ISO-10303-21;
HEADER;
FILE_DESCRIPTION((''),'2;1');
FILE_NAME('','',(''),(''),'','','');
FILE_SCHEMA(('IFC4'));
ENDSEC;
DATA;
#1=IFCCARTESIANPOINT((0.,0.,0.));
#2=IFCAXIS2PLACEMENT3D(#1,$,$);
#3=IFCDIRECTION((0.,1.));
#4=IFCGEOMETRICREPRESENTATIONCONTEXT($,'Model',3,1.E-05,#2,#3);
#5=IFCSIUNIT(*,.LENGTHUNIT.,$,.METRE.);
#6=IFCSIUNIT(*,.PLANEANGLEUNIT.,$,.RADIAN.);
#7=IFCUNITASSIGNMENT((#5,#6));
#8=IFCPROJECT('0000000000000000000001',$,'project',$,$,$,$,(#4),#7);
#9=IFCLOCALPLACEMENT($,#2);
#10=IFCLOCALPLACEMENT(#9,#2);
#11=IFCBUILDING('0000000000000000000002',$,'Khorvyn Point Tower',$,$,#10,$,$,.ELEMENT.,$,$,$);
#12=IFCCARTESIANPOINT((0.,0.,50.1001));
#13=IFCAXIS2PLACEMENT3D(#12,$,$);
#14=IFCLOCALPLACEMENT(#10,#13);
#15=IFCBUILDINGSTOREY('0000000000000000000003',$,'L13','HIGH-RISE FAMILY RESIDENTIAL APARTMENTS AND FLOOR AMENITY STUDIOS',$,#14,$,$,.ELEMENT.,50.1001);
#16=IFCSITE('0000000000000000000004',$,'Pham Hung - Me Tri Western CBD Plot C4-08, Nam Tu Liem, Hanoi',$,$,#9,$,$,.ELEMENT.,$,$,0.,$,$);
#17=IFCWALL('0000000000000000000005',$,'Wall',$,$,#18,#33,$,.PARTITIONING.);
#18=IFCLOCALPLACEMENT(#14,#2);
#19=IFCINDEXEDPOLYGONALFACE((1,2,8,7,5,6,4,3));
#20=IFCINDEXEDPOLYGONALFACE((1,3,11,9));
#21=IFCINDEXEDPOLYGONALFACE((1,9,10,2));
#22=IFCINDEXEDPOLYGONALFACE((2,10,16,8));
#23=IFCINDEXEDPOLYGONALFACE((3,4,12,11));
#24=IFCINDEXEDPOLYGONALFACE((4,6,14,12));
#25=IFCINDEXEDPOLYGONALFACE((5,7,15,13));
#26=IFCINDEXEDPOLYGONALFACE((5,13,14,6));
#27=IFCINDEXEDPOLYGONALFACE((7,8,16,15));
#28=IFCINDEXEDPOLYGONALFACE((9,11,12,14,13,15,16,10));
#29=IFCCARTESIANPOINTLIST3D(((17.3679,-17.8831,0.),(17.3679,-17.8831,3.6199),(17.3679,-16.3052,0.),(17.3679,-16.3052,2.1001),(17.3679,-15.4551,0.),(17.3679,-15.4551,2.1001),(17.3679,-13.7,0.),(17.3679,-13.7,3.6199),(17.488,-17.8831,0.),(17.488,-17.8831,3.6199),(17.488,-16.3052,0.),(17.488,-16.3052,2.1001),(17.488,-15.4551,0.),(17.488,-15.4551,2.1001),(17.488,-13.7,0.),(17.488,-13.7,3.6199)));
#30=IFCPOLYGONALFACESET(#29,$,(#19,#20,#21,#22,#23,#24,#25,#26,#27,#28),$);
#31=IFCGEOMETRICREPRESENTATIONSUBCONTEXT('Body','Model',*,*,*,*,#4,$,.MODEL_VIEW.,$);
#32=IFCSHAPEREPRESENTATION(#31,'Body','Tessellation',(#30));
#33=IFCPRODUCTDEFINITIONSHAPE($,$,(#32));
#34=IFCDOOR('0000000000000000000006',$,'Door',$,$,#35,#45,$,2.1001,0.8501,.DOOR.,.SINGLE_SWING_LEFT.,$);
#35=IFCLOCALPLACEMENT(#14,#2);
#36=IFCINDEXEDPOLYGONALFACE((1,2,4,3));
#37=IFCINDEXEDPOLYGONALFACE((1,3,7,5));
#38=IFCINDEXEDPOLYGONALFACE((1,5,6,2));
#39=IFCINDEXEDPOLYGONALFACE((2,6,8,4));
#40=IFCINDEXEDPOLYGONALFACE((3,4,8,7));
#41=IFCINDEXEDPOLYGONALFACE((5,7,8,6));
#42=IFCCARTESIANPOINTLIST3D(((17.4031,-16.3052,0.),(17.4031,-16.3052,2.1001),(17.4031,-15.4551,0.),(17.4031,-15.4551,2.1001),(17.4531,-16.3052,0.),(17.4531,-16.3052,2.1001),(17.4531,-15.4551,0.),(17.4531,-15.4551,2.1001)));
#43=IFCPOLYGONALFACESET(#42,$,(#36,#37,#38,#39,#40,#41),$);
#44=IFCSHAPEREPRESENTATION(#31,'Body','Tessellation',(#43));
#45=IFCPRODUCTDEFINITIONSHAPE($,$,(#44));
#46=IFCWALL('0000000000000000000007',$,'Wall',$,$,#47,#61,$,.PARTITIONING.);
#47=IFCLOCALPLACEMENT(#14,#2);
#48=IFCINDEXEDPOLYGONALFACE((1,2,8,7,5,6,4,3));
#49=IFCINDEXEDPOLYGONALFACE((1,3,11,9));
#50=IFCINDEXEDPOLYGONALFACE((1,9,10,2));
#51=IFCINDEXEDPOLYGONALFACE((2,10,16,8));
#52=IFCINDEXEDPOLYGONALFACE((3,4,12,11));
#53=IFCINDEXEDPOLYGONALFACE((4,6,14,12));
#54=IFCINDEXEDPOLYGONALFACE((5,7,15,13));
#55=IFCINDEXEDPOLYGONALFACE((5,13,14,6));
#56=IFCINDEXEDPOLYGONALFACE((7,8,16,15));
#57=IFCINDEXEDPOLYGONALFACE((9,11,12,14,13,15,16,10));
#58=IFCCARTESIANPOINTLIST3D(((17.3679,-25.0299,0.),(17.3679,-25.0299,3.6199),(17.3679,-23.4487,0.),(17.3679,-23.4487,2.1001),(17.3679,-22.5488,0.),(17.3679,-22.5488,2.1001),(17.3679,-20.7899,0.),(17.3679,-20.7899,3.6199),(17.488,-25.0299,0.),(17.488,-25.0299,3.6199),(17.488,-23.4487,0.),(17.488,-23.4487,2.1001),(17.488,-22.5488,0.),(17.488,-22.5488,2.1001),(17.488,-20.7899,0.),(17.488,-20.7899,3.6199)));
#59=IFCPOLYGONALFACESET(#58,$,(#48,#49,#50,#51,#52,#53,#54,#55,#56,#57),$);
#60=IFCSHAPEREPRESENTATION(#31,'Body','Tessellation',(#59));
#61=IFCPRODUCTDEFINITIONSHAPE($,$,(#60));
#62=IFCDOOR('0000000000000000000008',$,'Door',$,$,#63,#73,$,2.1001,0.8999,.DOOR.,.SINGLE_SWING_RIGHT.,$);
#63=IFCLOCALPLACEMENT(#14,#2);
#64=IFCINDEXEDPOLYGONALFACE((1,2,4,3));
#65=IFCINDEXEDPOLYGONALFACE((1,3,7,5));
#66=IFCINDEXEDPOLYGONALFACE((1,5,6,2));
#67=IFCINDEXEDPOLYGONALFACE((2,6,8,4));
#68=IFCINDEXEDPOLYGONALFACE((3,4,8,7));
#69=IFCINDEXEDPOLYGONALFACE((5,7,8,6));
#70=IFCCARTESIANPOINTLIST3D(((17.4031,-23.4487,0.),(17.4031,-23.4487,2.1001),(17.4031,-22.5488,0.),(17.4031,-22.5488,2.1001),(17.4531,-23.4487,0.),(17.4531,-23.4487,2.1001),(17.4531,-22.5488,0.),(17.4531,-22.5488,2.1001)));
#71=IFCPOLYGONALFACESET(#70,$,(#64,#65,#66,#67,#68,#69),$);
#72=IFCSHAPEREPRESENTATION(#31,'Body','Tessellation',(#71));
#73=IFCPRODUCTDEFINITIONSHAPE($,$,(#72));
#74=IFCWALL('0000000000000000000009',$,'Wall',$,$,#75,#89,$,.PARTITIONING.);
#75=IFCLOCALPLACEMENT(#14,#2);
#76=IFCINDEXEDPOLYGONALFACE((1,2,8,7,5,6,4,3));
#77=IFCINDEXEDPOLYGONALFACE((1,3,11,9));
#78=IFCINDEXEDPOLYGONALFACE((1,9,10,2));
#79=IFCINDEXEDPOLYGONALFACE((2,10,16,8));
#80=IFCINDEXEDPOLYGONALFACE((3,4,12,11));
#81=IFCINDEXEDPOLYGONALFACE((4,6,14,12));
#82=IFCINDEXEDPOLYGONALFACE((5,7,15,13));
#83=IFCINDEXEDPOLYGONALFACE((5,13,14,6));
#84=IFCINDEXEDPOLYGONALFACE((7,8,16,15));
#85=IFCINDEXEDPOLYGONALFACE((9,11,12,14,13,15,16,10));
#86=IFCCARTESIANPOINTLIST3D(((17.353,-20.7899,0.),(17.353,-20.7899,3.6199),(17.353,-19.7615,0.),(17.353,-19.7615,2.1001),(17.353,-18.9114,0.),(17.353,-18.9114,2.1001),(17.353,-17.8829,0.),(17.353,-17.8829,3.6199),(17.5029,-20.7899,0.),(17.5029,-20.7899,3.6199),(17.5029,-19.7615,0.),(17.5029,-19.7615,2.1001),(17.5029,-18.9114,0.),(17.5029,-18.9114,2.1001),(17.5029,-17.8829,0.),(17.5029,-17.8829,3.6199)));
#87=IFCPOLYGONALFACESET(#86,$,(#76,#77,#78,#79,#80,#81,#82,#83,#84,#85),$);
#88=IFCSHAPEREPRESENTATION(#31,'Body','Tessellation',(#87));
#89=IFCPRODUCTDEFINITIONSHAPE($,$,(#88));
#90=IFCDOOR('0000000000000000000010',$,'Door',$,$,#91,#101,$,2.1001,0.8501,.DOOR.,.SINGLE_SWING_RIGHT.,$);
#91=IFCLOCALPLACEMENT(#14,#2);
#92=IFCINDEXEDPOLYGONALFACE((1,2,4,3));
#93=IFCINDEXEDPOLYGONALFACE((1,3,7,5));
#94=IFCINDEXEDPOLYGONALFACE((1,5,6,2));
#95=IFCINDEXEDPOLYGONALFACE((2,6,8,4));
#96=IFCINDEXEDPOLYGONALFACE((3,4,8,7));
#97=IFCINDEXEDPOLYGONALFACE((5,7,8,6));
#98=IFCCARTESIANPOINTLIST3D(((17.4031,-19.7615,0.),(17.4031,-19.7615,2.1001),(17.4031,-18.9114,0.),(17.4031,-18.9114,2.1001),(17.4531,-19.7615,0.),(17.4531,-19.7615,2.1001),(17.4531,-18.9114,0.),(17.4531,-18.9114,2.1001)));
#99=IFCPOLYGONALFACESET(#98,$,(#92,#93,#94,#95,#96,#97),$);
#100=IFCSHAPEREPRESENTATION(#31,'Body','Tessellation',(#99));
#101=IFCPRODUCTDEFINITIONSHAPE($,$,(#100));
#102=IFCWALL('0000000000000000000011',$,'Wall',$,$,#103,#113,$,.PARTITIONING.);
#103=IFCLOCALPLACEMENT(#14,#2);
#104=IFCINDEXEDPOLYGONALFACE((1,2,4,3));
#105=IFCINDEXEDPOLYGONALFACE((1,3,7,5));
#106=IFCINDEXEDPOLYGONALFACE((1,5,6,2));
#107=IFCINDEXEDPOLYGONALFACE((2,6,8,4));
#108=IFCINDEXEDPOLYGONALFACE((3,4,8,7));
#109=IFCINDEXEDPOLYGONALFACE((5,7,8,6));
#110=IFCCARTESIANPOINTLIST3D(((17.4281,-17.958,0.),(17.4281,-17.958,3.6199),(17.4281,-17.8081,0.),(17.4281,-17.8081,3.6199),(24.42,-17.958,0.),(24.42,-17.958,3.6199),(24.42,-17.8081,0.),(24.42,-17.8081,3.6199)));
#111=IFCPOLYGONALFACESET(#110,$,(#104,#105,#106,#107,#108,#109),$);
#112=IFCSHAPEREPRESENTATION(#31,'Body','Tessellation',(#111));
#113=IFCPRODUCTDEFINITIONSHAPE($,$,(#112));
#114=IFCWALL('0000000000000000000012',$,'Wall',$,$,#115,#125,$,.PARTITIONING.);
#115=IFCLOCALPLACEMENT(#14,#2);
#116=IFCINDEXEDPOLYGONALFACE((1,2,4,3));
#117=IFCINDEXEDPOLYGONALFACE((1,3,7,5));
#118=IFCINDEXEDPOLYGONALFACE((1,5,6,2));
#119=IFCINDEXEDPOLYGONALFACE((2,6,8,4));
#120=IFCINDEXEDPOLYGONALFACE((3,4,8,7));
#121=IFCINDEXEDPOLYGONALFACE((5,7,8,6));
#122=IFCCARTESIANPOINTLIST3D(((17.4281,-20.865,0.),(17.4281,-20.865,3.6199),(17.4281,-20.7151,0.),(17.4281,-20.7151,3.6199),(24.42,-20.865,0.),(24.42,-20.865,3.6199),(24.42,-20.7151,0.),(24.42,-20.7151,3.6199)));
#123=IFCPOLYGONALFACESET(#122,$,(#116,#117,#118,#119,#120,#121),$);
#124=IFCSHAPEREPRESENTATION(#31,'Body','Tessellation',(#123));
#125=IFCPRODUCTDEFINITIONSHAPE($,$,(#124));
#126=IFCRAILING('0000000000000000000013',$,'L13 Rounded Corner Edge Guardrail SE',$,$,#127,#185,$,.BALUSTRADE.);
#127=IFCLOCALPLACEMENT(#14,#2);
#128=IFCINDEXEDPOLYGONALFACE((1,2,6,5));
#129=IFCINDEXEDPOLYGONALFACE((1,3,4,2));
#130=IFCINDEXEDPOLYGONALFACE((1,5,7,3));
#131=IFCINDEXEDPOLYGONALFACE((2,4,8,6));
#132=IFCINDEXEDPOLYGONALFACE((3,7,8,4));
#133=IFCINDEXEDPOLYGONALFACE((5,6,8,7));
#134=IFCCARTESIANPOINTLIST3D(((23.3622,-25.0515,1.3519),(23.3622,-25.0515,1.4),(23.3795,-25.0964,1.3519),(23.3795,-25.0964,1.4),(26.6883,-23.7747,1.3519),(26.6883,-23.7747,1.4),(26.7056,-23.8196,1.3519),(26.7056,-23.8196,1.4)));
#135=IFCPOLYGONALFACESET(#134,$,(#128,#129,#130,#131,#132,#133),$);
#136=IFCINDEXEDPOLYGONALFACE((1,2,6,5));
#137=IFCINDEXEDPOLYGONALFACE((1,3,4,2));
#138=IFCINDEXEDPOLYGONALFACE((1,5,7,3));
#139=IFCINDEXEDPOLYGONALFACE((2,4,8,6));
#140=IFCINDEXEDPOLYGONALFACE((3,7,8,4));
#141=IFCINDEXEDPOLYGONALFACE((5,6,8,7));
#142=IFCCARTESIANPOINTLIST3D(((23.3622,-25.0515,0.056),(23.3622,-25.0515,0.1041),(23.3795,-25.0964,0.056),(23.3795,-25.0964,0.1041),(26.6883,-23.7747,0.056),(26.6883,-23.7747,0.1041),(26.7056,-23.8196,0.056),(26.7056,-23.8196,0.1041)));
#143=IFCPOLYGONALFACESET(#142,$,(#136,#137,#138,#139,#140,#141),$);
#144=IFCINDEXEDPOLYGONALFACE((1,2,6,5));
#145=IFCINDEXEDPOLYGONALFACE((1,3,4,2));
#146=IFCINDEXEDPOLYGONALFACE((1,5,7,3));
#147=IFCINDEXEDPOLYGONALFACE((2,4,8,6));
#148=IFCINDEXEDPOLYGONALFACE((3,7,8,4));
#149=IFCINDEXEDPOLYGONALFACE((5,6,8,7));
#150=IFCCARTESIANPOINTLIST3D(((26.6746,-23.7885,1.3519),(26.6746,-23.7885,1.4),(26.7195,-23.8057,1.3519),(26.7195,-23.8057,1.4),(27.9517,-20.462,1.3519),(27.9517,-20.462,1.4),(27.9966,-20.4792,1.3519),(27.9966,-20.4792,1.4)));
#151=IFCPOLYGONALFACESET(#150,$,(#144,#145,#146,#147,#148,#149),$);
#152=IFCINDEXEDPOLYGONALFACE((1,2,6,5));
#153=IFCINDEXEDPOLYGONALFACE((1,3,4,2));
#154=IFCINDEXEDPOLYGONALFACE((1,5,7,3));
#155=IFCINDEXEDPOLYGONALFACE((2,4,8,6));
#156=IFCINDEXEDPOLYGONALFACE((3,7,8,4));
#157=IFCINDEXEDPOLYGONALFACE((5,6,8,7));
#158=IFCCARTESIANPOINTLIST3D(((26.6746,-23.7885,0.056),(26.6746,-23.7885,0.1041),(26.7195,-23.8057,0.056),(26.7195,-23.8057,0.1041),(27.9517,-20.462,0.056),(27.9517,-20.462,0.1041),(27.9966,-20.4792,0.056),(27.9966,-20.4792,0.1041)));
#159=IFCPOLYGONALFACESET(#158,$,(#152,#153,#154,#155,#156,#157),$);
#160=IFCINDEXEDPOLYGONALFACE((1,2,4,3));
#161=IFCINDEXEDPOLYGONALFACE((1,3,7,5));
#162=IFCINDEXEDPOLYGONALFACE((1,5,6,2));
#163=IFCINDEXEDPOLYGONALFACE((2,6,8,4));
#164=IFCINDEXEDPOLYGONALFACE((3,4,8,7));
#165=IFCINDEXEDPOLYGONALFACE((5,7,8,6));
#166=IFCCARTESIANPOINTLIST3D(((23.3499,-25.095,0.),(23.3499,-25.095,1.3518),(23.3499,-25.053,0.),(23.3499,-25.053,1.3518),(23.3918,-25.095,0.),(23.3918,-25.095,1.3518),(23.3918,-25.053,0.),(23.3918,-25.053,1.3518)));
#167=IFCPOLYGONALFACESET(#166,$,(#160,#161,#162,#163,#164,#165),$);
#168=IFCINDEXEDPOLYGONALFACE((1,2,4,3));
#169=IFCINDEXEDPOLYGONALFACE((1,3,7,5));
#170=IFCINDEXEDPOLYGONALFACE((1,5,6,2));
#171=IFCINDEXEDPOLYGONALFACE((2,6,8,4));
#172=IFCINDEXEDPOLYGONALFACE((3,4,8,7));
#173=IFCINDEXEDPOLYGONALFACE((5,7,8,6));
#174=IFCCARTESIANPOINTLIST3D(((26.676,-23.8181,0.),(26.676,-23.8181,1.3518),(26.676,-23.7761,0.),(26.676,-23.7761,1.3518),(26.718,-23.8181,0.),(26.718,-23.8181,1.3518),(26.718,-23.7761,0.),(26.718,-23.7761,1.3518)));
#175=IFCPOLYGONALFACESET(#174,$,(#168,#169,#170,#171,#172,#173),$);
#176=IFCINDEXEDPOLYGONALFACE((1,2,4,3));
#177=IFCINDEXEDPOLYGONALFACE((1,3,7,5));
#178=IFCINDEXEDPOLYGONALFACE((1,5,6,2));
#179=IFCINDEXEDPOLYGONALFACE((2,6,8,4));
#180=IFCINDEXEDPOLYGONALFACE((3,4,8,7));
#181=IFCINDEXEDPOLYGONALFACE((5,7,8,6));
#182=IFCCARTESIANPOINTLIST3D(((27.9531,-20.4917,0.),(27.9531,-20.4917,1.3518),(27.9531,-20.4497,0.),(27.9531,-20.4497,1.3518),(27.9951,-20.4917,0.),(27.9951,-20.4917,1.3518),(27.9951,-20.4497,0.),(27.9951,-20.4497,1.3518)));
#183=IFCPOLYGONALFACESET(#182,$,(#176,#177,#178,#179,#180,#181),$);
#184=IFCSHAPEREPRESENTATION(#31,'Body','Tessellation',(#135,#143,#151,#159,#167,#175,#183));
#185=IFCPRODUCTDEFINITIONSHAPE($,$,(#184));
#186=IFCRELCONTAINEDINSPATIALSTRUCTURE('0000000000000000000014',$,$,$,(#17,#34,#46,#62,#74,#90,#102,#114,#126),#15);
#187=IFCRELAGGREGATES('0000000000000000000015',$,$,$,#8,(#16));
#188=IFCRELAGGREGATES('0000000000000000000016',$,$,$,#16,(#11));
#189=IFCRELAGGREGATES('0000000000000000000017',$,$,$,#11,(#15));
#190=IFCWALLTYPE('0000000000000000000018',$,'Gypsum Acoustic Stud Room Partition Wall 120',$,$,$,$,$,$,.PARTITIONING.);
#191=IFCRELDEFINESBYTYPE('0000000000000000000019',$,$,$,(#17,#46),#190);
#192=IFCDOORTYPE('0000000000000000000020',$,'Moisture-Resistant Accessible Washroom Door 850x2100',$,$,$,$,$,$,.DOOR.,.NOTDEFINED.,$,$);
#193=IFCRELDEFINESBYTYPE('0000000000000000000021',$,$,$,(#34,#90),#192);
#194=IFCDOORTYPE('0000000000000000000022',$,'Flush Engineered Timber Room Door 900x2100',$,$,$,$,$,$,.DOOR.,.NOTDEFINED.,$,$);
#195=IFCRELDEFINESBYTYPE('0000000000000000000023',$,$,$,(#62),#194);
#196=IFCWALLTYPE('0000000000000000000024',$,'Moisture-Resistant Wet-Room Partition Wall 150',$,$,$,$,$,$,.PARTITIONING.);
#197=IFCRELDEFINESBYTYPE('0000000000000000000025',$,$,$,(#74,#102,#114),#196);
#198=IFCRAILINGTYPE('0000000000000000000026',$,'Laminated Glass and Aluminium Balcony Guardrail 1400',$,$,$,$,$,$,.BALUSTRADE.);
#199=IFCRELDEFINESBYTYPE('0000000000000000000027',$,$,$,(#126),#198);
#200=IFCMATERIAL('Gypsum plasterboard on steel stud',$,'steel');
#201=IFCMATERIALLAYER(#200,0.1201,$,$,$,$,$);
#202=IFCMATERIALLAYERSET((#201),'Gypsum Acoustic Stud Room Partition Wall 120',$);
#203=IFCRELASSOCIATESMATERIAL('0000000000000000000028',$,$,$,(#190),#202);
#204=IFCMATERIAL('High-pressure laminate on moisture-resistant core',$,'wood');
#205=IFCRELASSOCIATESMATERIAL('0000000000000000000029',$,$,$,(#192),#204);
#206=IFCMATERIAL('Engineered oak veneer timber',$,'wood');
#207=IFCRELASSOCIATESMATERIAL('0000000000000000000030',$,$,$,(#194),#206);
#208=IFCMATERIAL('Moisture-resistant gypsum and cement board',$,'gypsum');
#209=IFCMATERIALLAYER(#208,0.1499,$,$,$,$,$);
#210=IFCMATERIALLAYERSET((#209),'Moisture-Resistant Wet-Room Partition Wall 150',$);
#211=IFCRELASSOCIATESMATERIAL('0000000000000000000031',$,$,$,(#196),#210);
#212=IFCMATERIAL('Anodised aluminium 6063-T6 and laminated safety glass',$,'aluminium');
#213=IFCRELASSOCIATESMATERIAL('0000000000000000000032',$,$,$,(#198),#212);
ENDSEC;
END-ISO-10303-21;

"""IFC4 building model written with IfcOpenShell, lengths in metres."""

from ifc_helpers import new_model, si_unit, direction, frame, frame_2d, origin, origin_2d, place, context, subcontext, project, spatial, rectangle, extrude, material, layer, layer_set, type_object, element, fill, save


model = new_model("IFC4")

# Units and contexts
model_context = context("Model", 3, precision=1e-05, world=origin(), true_north=direction((0.0, 1.0)))
body_context = subcontext(model_context, "Body", "Model", "MODEL_VIEW")
ifc_project = project(units=[si_unit("LENGTHUNIT", "METRE"), si_unit("PLANEANGLEUNIT", "RADIAN")], contexts=[model_context])

# Site, building, storey
site_placement = place(None, origin())
site = spatial("IfcSite", under=ifc_project, at=site_placement, Name="Pham Hung - Me Tri Western CBD Plot C4-08, Nam Tu Liem, Hanoi", CompositionType="ELEMENT", RefElevation=0.0)
building_placement = place(site_placement, origin())
building = spatial("IfcBuilding", under=site, at=building_placement, Name="Khorvyn Point Tower", CompositionType="ELEMENT")
storey_placement = place(building_placement, frame((0.0, 0.0, 50.1001)))
storey = spatial("IfcBuildingStorey", under=building, at=storey_placement, Name="L13", Description="HIGH-RISE FAMILY RESIDENTIAL APARTMENTS AND FLOOR AMENITY STUDIOS", CompositionType="ELEMENT", Elevation=50.1001)

# Walls, openings, doors
ifc_material_1 = material(Name="Gypsum plasterboard on steel stud", Category="steel")
ifc_layer_1 = layer(ifc_material_1, 0.1201)
ifc_layer_set_1 = layer_set([ifc_layer_1], Name="Gypsum Acoustic Stud Room Partition Wall 120")
wall_type_1 = type_object("IfcWallType", Name="Gypsum Acoustic Stud Room Partition Wall 120", PredefinedType="PARTITIONING", material=ifc_layer_set_1)
wall_1_placement = place(storey_placement, frame((17.428, -17.8831, 0.0), z_axis=(0.0, 0.0, 1.0), x_axis=(0.0, 1.0, 0.0)))
wall_1 = element("IfcWall", 1, at=wall_1_placement, inside=storey, type_object=wall_type_1, Name="Wall", PredefinedType="PARTITIONING", context=body_context, shape_type="SweptSolid", body=[
    extrude(rectangle(XDim=4.1831, YDim=0.1201, at=frame_2d((2.0916, 0.0))), origin(), (0.0, 0.0, 1.0), 3.6199),
])
opening_1_placement = place(wall_1_placement, frame((1.5779, 0.0, 0.0)))
opening_1 = element("IfcOpeningElement", 2, at=opening_1_placement, cuts=wall_1, PredefinedType="OPENING", context=body_context, shape_type="SweptSolid", body=[
    extrude(rectangle(XDim=0.8501, YDim=2.1001, at=frame_2d((0.425, 1.05))), frame((0.0, 0.0701, 0.0), z_axis=(0.0, -1.0, 0.0), x_axis=(1.0, 0.0, 0.0)), (0.0, 0.0, 1.0), 0.1401),
])
ifc_material_2 = material(Name="High-pressure laminate on moisture-resistant core", Category="wood")
door_type_1 = type_object("IfcDoorType", Name="Moisture-Resistant Accessible Washroom Door 850x2100", OperationType="NOTDEFINED", PredefinedType="DOOR", material=ifc_material_2)
door_1_placement = place(opening_1_placement, origin())
door_1 = element("IfcDoor", 3, at=door_1_placement, inside=storey, type_object=door_type_1, Name="Door", OperationType="SINGLE_SWING_LEFT", OverallHeight=2.1001, OverallWidth=0.8501, PredefinedType="DOOR", context=body_context, shape_type="SweptSolid", body=[
    extrude(rectangle(XDim=0.8501, YDim=2.1001, at=frame_2d((0.425, 1.05))), frame((0.0, 0.0249, 0.0), z_axis=(0.0, -1.0, 0.0), x_axis=(1.0, 0.0, 0.0)), (0.0, 0.0, 1.0), 0.05),
])
fill(opening_1, door_1)
wall_2_placement = place(storey_placement, frame((17.428, -25.03, 0.0), z_axis=(0.0, 0.0, 1.0), x_axis=(0.0, 1.0, 0.0)))
wall_2 = element("IfcWall", 4, at=wall_2_placement, inside=storey, type_object=wall_type_1, Name="Wall", PredefinedType="PARTITIONING", context=body_context, shape_type="SweptSolid", body=[
    extrude(rectangle(XDim=4.24, YDim=0.1201, at=frame_2d((2.1201, 0.0))), origin(), (0.0, 0.0, 1.0), 3.6199),
])
opening_2_placement = place(wall_2_placement, frame((1.5813, 0.0, 0.0)))
opening_2 = element("IfcOpeningElement", 5, at=opening_2_placement, cuts=wall_2, PredefinedType="OPENING", context=body_context, shape_type="SweptSolid", body=[
    extrude(rectangle(XDim=0.8999, YDim=2.1001, at=frame_2d((0.45, 1.05))), frame((0.0, 0.0701, 0.0), z_axis=(0.0, -1.0, 0.0), x_axis=(1.0, 0.0, 0.0)), (0.0, 0.0, 1.0), 0.1401),
])
ifc_material_3 = material(Name="Engineered oak veneer timber", Category="wood")
door_type_2 = type_object("IfcDoorType", Name="Flush Engineered Timber Room Door 900x2100", OperationType="NOTDEFINED", PredefinedType="DOOR", material=ifc_material_3)
door_2_placement = place(opening_2_placement, origin())
door_2 = element("IfcDoor", 6, at=door_2_placement, inside=storey, type_object=door_type_2, Name="Door", OperationType="SINGLE_SWING_RIGHT", OverallHeight=2.1001, OverallWidth=0.8999, PredefinedType="DOOR", context=body_context, shape_type="SweptSolid", body=[
    extrude(rectangle(XDim=0.8999, YDim=2.1001, at=frame_2d((0.45, 1.05))), frame((0.0, 0.0249, 0.0), z_axis=(0.0, -1.0, 0.0), x_axis=(1.0, 0.0, 0.0)), (0.0, 0.0, 1.0), 0.05),
])
fill(opening_2, door_2)
ifc_material_4 = material(Name="Moisture-resistant gypsum and cement board", Category="gypsum")
ifc_layer_2 = layer(ifc_material_4, 0.1499)
ifc_layer_set_2 = layer_set([ifc_layer_2], Name="Moisture-Resistant Wet-Room Partition Wall 150")
wall_type_2 = type_object("IfcWallType", Name="Moisture-Resistant Wet-Room Partition Wall 150", PredefinedType="PARTITIONING", material=ifc_layer_set_2)
wall_3_placement = place(storey_placement, frame((17.428, -20.79, 0.0), z_axis=(0.0, 0.0, 1.0), x_axis=(0.0, 1.0, 0.0)))
wall_3 = element("IfcWall", 7, at=wall_3_placement, inside=storey, type_object=wall_type_2, Name="Wall", PredefinedType="PARTITIONING", context=body_context, shape_type="SweptSolid", body=[
    extrude(rectangle(XDim=2.907, YDim=0.1499, at=frame_2d((1.4536, 0.0))), origin(), (0.0, 0.0, 1.0), 3.6199),
])
opening_3_placement = place(wall_3_placement, frame((1.0286, 0.0, 0.0)))
opening_3 = element("IfcOpeningElement", 8, at=opening_3_placement, cuts=wall_3, PredefinedType="OPENING", context=body_context, shape_type="SweptSolid", body=[
    extrude(rectangle(XDim=0.8501, YDim=2.1001, at=frame_2d((0.425, 1.05))), frame((0.0, 0.085, 0.0), z_axis=(0.0, -1.0, 0.0), x_axis=(1.0, 0.0, 0.0)), (0.0, 0.0, 1.0), 0.1699),
])
door_3_placement = place(opening_3_placement, origin())
door_3 = element("IfcDoor", 9, at=door_3_placement, inside=storey, type_object=door_type_1, Name="Door", OperationType="SINGLE_SWING_RIGHT", OverallHeight=2.1001, OverallWidth=0.8501, PredefinedType="DOOR", context=body_context, shape_type="SweptSolid", body=[
    extrude(rectangle(XDim=0.8501, YDim=2.1001, at=frame_2d((0.425, 1.05))), frame((0.0, 0.0249, 0.0), z_axis=(0.0, -1.0, 0.0), x_axis=(1.0, 0.0, 0.0)), (0.0, 0.0, 1.0), 0.05),
])
fill(opening_3, door_3)

# Walls
for number, where, z_axis, x_axis, name in (
    (10, (17.428, -17.8831, 0.0), (0.0, 0.0, 1.0), (1.0, 0.0, 0.0), "Wall"),
    (11, (17.428, -20.79, 0.0), (0.0, 0.0, 1.0), (1.0, 0.0, 0.0), "Wall"),
):
    element("IfcWall", number, at=place(storey_placement, frame(where, z_axis=z_axis, x_axis=x_axis)), inside=storey, type_object=wall_type_2, Name=name, PredefinedType="PARTITIONING", context=body_context, shape_type="SweptSolid", body=[
        extrude(rectangle(XDim=6.9919, YDim=0.1499, at=frame_2d((3.4961, 0.0))), origin(), (0.0, 0.0, 1.0), 3.6199),
    ])

# Railing
ifc_material_5 = material(Name="Anodised aluminium 6063-T6 and laminated safety glass", Category="aluminium")
railing_type = type_object("IfcRailingType", Name="Laminated Glass and Aluminium Balcony Guardrail 1400", PredefinedType="BALUSTRADE", material=ifc_material_5)
railing_1_placement = place(storey_placement, frame((23.3708, -25.074, 0.0)))
element("IfcRailing", 12, at=railing_1_placement, inside=storey, type_object=railing_type, Name="L13 Rounded Corner Edge Guardrail SE", PredefinedType="BALUSTRADE", context=body_context, shape_type="SweptSolid", body=[
    extrude(rectangle(XDim=0.0481, YDim=0.0481, at=origin_2d()), frame((0.0, 0.0, 1.376), z_axis=(0.933575, 0.358382, 0.0), x_axis=(-0.358382, 0.933575, 0.0)), (0.0, 0.0, 1.0), 3.5627),
    extrude(rectangle(XDim=0.0481, YDim=0.0481, at=origin_2d()), frame((0.0, 0.0, 0.0801), z_axis=(0.933575, 0.358382, 0.0), x_axis=(-0.358382, 0.933575, 0.0)), (0.0, 0.0, 1.0), 3.5627),
    extrude(rectangle(XDim=0.0481, YDim=0.0481, at=origin_2d()), frame((3.3262, 1.2769, 1.376), z_axis=(0.358419, 0.933561, 0.0), x_axis=(-0.933561, 0.358419, 0.0)), (0.0, 0.0, 1.0), 3.5632),
    extrude(rectangle(XDim=0.0481, YDim=0.0481, at=origin_2d()), frame((3.3262, 1.2769, 0.0801), z_axis=(0.358419, 0.933561, 0.0), x_axis=(-0.933561, 0.358419, 0.0)), (0.0, 0.0, 1.0), 3.5632),
    extrude(rectangle(XDim=0.042, YDim=0.042, at=origin_2d()), origin(), (0.0, 0.0, 1.0), 1.3518),
    extrude(rectangle(XDim=0.042, YDim=0.042, at=origin_2d()), frame((3.3262, 1.2769, 0.0)), (0.0, 0.0, 1.0), 1.3518),
    extrude(rectangle(XDim=0.042, YDim=0.042, at=origin_2d()), frame((4.6033, 4.6033, 0.0)), (0.0, 0.0, 1.0), 1.3518),
])

save(model, "model.ifc")
